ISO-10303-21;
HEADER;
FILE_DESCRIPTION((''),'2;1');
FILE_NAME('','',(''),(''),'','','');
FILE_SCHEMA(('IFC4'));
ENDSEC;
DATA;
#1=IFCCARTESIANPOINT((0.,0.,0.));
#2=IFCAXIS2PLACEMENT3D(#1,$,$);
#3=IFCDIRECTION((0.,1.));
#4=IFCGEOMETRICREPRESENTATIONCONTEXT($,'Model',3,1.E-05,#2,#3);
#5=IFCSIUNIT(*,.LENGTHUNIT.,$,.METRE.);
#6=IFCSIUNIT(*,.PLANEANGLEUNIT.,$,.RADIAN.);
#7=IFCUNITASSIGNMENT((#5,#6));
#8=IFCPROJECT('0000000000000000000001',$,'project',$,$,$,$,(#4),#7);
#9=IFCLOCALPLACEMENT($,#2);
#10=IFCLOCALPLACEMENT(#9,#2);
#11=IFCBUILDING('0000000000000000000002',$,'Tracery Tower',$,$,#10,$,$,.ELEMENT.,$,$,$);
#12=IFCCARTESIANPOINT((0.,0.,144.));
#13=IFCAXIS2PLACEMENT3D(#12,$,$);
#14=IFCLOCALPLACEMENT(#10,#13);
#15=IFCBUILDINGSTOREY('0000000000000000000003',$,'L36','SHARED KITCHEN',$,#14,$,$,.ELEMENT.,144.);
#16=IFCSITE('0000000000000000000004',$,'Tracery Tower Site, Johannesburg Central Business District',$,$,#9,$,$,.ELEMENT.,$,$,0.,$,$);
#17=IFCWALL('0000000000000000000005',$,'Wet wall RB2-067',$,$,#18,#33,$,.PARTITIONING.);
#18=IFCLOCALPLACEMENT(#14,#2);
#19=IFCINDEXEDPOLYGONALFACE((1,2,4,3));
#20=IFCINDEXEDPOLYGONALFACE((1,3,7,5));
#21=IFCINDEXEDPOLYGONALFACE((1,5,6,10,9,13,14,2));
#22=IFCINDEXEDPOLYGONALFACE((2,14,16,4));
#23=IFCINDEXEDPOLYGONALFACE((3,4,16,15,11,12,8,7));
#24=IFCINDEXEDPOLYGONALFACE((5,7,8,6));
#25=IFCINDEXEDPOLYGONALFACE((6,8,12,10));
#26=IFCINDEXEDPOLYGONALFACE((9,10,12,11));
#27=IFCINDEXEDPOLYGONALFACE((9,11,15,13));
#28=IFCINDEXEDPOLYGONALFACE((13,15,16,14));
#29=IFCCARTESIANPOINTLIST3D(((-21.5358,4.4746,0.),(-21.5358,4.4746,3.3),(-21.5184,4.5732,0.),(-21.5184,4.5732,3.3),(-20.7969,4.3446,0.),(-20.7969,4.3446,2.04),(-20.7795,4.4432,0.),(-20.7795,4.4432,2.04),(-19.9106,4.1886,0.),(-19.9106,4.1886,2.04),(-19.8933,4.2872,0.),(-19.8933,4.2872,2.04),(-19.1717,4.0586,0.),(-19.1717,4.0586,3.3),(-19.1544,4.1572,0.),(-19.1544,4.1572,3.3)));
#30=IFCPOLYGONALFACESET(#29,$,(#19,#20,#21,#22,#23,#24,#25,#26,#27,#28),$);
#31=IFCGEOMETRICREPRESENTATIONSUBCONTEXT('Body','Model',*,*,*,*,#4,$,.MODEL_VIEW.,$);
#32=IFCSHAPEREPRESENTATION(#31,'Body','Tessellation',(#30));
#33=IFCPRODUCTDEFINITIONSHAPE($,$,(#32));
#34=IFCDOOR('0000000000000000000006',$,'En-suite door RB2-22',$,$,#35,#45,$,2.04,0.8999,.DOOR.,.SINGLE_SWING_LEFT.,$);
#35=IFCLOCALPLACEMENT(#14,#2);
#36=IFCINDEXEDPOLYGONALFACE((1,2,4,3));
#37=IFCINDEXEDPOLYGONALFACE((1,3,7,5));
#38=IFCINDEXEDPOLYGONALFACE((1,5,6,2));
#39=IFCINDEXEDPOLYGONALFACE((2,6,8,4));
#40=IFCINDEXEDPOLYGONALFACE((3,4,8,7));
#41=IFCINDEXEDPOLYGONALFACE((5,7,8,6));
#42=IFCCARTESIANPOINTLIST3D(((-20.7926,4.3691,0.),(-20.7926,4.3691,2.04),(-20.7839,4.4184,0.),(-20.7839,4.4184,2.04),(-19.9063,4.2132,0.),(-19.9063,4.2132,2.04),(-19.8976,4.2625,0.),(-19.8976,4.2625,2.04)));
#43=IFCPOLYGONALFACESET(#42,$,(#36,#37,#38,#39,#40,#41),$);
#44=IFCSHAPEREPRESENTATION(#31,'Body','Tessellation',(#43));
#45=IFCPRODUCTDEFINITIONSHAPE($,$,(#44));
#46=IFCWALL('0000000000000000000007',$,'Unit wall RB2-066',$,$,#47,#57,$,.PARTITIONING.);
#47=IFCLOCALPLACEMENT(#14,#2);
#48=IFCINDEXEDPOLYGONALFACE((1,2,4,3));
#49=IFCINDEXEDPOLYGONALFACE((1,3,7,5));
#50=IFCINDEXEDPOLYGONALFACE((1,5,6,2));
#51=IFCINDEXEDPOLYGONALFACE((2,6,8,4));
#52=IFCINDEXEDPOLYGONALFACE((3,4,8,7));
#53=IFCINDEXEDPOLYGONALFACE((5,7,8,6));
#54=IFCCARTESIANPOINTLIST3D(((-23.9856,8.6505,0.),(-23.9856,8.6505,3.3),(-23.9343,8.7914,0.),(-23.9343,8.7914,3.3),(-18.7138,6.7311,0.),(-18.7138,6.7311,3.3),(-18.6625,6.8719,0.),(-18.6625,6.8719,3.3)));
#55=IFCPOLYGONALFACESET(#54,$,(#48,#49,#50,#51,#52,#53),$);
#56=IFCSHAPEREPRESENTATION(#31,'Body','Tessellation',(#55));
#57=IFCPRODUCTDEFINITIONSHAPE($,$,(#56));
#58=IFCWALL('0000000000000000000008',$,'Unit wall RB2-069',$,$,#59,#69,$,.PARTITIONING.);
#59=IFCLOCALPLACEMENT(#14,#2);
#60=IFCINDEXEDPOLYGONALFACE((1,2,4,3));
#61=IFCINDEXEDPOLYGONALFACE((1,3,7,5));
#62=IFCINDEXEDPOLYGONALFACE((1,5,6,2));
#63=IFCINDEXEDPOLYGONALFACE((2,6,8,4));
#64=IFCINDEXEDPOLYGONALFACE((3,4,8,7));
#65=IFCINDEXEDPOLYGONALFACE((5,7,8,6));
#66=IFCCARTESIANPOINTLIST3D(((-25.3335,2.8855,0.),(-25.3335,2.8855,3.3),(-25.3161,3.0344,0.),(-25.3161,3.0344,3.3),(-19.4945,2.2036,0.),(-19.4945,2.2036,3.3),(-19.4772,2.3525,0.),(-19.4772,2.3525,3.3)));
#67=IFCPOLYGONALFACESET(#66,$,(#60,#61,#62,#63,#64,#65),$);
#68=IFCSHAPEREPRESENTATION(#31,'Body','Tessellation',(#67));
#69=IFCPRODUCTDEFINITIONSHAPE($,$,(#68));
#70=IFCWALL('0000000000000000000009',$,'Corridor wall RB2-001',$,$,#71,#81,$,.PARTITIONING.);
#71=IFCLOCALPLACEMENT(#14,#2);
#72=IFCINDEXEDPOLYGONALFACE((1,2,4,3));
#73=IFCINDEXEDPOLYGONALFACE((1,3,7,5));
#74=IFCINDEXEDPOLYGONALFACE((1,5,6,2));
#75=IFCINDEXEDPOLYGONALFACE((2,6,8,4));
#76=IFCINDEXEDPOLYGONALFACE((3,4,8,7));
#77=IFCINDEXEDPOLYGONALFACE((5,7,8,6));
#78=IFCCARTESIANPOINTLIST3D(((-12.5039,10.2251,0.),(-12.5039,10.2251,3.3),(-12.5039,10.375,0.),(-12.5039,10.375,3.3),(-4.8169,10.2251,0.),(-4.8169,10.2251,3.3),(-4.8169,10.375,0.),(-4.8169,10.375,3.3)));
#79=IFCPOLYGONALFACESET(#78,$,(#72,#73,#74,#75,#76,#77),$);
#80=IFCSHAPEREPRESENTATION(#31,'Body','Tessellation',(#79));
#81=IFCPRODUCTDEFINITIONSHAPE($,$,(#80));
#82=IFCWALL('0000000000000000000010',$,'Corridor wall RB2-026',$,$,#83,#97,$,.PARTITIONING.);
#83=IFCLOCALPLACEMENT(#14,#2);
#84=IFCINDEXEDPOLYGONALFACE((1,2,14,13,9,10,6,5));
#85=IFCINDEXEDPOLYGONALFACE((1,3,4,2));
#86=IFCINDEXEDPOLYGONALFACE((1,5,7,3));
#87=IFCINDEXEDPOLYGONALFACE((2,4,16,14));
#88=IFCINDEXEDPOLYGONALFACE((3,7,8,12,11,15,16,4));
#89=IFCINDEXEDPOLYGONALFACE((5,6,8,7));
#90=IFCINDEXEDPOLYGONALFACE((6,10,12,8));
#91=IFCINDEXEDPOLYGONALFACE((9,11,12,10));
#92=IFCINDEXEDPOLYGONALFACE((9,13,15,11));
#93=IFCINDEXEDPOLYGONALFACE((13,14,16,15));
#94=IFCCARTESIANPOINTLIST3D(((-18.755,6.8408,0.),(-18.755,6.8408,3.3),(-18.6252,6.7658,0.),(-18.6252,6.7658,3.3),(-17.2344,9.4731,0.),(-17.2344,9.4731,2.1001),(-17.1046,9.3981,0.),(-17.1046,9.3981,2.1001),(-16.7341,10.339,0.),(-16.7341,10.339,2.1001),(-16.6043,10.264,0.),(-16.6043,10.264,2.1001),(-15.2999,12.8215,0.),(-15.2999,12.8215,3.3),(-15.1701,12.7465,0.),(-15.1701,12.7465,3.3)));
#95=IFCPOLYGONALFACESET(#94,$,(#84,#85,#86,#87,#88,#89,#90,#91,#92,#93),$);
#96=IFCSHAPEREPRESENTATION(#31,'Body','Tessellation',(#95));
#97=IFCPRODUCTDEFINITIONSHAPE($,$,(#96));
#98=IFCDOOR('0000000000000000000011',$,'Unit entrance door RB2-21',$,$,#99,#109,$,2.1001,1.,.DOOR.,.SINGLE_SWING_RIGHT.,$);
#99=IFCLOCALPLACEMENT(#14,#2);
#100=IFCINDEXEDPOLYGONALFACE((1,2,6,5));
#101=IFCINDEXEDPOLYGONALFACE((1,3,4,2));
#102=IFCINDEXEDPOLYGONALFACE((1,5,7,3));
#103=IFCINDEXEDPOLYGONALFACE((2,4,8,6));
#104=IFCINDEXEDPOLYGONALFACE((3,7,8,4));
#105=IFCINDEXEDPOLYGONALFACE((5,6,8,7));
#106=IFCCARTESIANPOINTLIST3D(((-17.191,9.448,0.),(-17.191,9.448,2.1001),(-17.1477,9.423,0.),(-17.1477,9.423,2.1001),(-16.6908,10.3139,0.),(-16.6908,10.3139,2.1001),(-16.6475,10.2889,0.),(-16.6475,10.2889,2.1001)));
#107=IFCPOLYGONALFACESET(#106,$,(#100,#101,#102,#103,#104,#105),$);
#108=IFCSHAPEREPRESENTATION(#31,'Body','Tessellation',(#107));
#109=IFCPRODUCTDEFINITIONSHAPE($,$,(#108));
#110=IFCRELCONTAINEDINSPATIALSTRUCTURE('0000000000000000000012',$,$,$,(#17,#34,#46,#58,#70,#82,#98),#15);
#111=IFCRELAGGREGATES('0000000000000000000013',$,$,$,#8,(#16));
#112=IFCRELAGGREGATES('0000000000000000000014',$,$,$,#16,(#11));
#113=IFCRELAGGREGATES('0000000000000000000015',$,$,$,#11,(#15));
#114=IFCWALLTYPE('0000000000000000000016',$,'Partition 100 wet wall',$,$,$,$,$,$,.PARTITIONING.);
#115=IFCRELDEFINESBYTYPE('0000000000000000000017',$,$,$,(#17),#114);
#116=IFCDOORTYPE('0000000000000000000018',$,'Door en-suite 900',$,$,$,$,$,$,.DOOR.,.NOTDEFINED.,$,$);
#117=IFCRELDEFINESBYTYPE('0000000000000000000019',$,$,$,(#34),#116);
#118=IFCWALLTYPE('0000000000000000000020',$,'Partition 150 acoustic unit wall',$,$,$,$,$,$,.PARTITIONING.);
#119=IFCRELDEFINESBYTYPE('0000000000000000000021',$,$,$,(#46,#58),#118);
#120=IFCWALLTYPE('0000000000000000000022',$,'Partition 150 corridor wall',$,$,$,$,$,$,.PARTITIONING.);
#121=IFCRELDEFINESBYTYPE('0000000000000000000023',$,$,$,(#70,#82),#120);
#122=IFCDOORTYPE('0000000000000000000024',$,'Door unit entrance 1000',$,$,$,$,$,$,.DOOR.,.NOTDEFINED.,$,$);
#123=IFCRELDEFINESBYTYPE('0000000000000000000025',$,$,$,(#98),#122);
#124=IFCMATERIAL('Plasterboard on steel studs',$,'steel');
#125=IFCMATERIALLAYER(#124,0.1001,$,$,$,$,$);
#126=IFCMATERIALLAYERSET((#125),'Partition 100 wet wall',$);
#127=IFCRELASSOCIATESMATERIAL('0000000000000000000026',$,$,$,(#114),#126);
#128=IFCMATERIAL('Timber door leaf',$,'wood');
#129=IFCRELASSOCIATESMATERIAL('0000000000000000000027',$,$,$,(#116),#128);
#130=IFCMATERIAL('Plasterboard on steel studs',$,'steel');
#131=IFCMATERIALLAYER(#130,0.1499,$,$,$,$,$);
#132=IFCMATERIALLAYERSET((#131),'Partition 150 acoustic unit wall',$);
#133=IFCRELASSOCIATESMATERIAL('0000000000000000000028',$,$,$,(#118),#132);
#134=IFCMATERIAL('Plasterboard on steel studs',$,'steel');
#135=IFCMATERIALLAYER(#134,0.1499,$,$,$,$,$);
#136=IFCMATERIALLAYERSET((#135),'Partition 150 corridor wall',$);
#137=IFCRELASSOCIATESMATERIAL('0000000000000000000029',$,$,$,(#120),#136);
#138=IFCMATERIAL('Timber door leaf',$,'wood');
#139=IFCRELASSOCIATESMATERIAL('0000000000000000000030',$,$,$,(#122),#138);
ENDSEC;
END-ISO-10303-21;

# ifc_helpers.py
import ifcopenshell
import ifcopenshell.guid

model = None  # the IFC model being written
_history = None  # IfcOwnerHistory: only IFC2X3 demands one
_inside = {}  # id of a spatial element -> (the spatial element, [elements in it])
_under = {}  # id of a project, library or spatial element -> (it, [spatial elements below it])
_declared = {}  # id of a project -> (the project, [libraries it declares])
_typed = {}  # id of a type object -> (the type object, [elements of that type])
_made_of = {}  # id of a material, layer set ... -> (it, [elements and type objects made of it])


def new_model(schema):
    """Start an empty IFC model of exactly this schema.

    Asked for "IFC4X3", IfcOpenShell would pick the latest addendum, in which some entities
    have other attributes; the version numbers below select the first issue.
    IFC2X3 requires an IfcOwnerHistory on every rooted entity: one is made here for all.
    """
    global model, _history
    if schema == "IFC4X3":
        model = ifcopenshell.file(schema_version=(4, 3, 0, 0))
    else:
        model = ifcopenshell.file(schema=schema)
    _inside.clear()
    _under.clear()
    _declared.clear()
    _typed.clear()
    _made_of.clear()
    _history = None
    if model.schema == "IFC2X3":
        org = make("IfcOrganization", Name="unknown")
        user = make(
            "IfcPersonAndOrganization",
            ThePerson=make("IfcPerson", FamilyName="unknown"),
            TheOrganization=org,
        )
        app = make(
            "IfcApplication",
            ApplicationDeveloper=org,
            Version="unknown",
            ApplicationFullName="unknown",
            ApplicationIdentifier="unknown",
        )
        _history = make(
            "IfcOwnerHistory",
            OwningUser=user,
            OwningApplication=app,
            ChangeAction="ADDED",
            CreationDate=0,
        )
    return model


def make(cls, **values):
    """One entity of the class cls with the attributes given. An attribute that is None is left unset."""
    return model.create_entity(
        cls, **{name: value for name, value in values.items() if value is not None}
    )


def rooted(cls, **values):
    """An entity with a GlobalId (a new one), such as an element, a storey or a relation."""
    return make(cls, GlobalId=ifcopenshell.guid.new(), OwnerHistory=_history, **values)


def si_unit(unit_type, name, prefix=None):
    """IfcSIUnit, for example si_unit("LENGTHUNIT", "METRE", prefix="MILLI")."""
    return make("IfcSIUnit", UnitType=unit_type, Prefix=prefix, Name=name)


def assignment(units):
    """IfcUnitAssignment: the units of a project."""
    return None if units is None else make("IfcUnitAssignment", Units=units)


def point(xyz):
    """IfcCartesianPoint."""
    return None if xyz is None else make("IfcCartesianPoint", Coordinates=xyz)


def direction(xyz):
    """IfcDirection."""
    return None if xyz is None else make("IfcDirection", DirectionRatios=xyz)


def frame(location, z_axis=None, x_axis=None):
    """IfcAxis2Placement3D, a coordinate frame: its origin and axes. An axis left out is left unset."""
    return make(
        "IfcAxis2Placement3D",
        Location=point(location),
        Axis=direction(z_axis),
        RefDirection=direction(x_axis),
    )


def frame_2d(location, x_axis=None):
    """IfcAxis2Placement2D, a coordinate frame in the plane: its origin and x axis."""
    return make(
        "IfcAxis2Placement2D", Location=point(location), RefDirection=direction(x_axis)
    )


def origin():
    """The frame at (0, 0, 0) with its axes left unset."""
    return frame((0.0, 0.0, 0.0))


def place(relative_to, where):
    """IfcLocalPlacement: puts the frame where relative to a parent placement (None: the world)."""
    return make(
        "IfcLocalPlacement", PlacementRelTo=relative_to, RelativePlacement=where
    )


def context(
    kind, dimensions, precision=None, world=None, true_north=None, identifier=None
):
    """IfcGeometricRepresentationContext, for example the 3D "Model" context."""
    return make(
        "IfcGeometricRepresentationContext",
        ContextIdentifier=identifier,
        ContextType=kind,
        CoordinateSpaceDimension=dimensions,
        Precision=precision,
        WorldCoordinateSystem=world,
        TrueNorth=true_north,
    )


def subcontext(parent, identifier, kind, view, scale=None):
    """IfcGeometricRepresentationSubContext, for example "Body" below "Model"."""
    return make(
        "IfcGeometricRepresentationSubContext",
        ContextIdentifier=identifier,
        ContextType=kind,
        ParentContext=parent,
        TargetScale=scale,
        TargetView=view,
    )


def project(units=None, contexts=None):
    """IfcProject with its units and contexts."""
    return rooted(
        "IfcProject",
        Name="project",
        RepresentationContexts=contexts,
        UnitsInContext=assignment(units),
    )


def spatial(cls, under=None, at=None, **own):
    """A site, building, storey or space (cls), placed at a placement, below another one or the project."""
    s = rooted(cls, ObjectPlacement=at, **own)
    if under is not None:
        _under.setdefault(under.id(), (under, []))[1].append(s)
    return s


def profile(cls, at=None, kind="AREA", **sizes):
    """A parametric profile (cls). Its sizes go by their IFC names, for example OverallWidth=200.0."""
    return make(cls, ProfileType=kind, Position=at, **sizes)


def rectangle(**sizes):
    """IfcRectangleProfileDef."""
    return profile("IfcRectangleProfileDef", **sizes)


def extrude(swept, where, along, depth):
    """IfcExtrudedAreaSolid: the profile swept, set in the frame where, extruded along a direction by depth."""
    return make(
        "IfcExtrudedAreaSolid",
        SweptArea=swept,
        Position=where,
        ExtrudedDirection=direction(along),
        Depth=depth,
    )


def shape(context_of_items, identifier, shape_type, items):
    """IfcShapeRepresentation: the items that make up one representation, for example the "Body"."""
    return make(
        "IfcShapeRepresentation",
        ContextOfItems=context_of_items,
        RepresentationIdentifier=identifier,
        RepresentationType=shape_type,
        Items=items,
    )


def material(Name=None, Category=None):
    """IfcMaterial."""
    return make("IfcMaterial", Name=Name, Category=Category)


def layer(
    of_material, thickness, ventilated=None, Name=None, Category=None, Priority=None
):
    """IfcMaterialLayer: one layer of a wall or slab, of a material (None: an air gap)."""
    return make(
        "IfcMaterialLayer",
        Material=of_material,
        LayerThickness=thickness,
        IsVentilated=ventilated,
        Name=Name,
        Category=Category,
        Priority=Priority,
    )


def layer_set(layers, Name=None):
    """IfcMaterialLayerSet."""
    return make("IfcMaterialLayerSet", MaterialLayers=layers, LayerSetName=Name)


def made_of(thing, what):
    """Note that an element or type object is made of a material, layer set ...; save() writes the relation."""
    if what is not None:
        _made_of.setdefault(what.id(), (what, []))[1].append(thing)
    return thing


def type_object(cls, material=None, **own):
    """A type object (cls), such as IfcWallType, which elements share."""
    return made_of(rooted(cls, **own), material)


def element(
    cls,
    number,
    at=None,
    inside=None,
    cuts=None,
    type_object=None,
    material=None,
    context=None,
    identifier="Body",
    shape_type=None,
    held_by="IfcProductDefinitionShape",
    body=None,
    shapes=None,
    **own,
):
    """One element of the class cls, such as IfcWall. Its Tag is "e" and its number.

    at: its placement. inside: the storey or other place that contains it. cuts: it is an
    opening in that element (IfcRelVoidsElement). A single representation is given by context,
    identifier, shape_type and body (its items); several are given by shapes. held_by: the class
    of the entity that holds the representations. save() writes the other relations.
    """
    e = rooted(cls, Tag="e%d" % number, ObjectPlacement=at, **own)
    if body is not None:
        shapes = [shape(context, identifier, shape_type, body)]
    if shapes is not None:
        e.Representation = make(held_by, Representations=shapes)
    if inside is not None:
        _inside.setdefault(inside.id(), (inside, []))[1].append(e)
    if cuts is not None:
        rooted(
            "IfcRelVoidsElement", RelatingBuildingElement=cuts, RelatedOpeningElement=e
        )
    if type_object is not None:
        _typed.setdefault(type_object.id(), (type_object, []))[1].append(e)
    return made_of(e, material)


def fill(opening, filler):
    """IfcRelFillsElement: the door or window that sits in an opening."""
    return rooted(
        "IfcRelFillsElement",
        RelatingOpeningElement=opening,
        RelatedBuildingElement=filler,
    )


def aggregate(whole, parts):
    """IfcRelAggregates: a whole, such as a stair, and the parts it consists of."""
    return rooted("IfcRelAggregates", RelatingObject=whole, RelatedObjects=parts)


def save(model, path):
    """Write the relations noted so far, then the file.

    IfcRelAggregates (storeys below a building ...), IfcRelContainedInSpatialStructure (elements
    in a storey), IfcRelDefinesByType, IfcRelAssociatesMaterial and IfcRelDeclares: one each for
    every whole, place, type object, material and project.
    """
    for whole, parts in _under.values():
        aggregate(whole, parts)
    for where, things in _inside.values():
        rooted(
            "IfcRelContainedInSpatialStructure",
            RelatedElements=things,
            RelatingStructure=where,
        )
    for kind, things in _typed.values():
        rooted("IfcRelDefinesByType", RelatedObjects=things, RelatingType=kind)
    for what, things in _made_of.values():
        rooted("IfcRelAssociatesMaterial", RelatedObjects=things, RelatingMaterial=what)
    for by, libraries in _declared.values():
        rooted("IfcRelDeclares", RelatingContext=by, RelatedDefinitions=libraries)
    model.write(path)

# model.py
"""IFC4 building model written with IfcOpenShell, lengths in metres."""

from ifc_helpers import new_model, si_unit, direction, frame, frame_2d, origin, place, context, subcontext, project, spatial, rectangle, extrude, material, layer, layer_set, type_object, element, fill, save


model = new_model("IFC4")

# Units and contexts
model_context = context("Model", 3, precision=1e-05, world=origin(), true_north=direction((0.0, 1.0)))
body_context = subcontext(model_context, "Body", "Model", "MODEL_VIEW")
ifc_project = project(units=[si_unit("LENGTHUNIT", "METRE"), si_unit("PLANEANGLEUNIT", "RADIAN")], contexts=[model_context])

# Site, building, storey
site_placement = place(None, origin())
site = spatial("IfcSite", under=ifc_project, at=site_placement, Name="Tracery Tower Site, Johannesburg Central Business District", CompositionType="ELEMENT", RefElevation=0.0)
building_placement = place(site_placement, origin())
building = spatial("IfcBuilding", under=site, at=building_placement, Name="Tracery Tower", CompositionType="ELEMENT")
storey_placement = place(building_placement, frame((0.0, 0.0, 144.0)))
storey = spatial("IfcBuildingStorey", under=building, at=storey_placement, Name="L36", Description="SHARED KITCHEN", CompositionType="ELEMENT", Elevation=144.0)

# Shared definitions
ifc_material_1 = material(Name="Plasterboard on steel studs", Category="steel")
ifc_layer_1 = layer(ifc_material_1, 0.1001)
ifc_layer_set_1 = layer_set([ifc_layer_1], Name="Partition 100 wet wall")
wall_type_1 = type_object("IfcWallType", Name="Partition 100 wet wall", PredefinedType="PARTITIONING", material=ifc_layer_set_1)

# Shared definitions
ifc_material_2 = material(Name="Timber door leaf", Category="wood")
door_type_1 = type_object("IfcDoorType", Name="Door en-suite 900", OperationType="NOTDEFINED", PredefinedType="DOOR", material=ifc_material_2)

# Wall, opening, door
wall_1_placement = place(storey_placement, frame((-21.5271, 4.5239, 0.0), z_axis=(0.0, 0.0, 1.0), x_axis=(0.984866, -0.173315, 0.0)))
wall_1 = element("IfcWall", 1, at=wall_1_placement, inside=storey, type_object=wall_type_1, Name="Wet wall RB2-067", PredefinedType="PARTITIONING", context=body_context, shape_type="SweptSolid", body=[
    extrude(rectangle(XDim=2.4004, YDim=0.1001, at=frame_2d((1.2002, 0.0))), origin(), (0.0, 0.0, 1.0), 3.3),
])
opening_1_placement = place(wall_1_placement, frame((0.7502, 0.0, 0.0)))
opening_1 = element("IfcOpeningElement", 2, at=opening_1_placement, cuts=wall_1, PredefinedType="OPENING", context=body_context, shape_type="SweptSolid", body=[
    extrude(rectangle(XDim=0.8999, YDim=2.04, at=frame_2d((0.45, 1.02))), frame((0.0, 0.05, 0.0), z_axis=(0.0, -1.0, 0.0), x_axis=(1.0, 0.0, 0.0)), (0.0, 0.0, 1.0), 0.1001),
])
door_1_placement = place(opening_1_placement, origin())
door_1 = element("IfcDoor", 3, at=door_1_placement, inside=storey, type_object=door_type_1, Name="En-suite door RB2-22", OperationType="SINGLE_SWING_LEFT", OverallHeight=2.04, OverallWidth=0.8999, PredefinedType="DOOR", context=body_context, shape_type="SweptSolid", body=[
    extrude(rectangle(XDim=0.8999, YDim=2.04, at=frame_2d((0.45, 1.02))), frame((0.0, 0.0249, 0.0), z_axis=(0.0, -1.0, 0.0), x_axis=(1.0, 0.0, 0.0)), (0.0, 0.0, 1.0), 0.05),
])
fill(opening_1, door_1)

# Walls
ifc_material_3 = material(Name="Plasterboard on steel studs", Category="steel")
ifc_layer_2 = layer(ifc_material_3, 0.1499)
ifc_layer_set_2 = layer_set([ifc_layer_2], Name="Partition 150 acoustic unit wall")
wall_type_2 = type_object("IfcWallType", Name="Partition 150 acoustic unit wall", PredefinedType="PARTITIONING", material=ifc_layer_set_2)
wall_2_placement = place(storey_placement, frame((-23.96, 8.7209, 0.0), z_axis=(0.0, 0.0, 1.0), x_axis=(0.939654, -0.342127, 0.0)))
element("IfcWall", 4, at=wall_2_placement, inside=storey, type_object=wall_type_2, Name="Unit wall RB2-066", PredefinedType="PARTITIONING", context=body_context, shape_type="SweptSolid", body=[
    extrude(rectangle(XDim=5.6104, YDim=0.1499, at=frame_2d((2.8052, 0.0))), origin(), (0.0, 0.0, 1.0), 3.3),
])
wall_3_placement = place(storey_placement, frame((-25.325, 2.96, 0.0), z_axis=(0.0, 0.0, 1.0), x_axis=(0.99325, -0.115995, 0.0)))
element("IfcWall", 5, at=wall_3_placement, inside=storey, type_object=wall_type_2, Name="Unit wall RB2-069", PredefinedType="PARTITIONING", context=body_context, shape_type="SweptSolid", body=[
    extrude(rectangle(XDim=5.8787, YDim=0.1499, at=frame_2d((2.9395, 0.0))), origin(), (0.0, 0.0, 1.0), 3.3),
])
ifc_material_4 = material(Name="Plasterboard on steel studs", Category="steel")
ifc_layer_3 = layer(ifc_material_4, 0.1499)
ifc_layer_set_3 = layer_set([ifc_layer_3], Name="Partition 150 corridor wall")
wall_type_3 = type_object("IfcWallType", Name="Partition 150 corridor wall", PredefinedType="PARTITIONING", material=ifc_layer_set_3)
wall_4_placement = place(storey_placement, frame((-12.5039, 10.3, 0.0), z_axis=(0.0, 0.0, 1.0), x_axis=(1.0, 0.0, 0.0)))
element("IfcWall", 6, at=wall_4_placement, inside=storey, type_object=wall_type_3, Name="Corridor wall RB2-001", PredefinedType="PARTITIONING", context=body_context, shape_type="SweptSolid", body=[
    extrude(rectangle(XDim=7.687, YDim=0.1499, at=frame_2d((3.8435, 0.0))), origin(), (0.0, 0.0, 1.0), 3.3),
])

# Wall, opening, door
wall_5_placement = place(storey_placement, frame((-18.6902, 6.8032, 0.0), z_axis=(0.0, 0.0, 1.0), x_axis=(0.500229, 0.865893, 0.0)))
wall_5 = element("IfcWall", 7, at=wall_5_placement, inside=storey, type_object=wall_type_3, Name="Corridor wall RB2-026", PredefinedType="PARTITIONING", context=body_context, shape_type="SweptSolid", body=[
    extrude(rectangle(XDim=6.907, YDim=0.1499, at=frame_2d((3.4536, 0.0))), origin(), (0.0, 0.0, 1.0), 3.3),
])
opening_2_placement = place(wall_5_placement, frame((3.04, 0.0, 0.0)))
opening_2 = element("IfcOpeningElement", 8, at=opening_2_placement, cuts=wall_5, PredefinedType="OPENING", context=body_context, shape_type="SweptSolid", body=[
    extrude(rectangle(XDim=1.0, YDim=2.1001, at=frame_2d((0.5, 1.05))), frame((0.0, 0.075, 0.0), z_axis=(0.0, -1.0, 0.0), x_axis=(1.0, 0.0, 0.0)), (0.0, 0.0, 1.0), 0.1499),
])
ifc_material_5 = material(Name="Timber door leaf", Category="wood")
door_type_2 = type_object("IfcDoorType", Name="Door unit entrance 1000", OperationType="NOTDEFINED", PredefinedType="DOOR", material=ifc_material_5)
door_2_placement = place(opening_2_placement, origin())
door_2 = element("IfcDoor", 9, at=door_2_placement, inside=storey, type_object=door_type_2, Name="Unit entrance door RB2-21", OperationType="SINGLE_SWING_RIGHT", OverallHeight=2.1001, OverallWidth=1.0, PredefinedType="DOOR", context=body_context, shape_type="SweptSolid", body=[
    extrude(rectangle(XDim=1.0, YDim=2.1001, at=frame_2d((0.5, 1.05))), frame((0.0, 0.0249, 0.0), z_axis=(0.0, -1.0, 0.0), x_axis=(1.0, 0.0, 0.0)), (0.0, 0.0, 1.0), 0.05),
])
fill(opening_2, door_2)

save(model, "model.ifc")
